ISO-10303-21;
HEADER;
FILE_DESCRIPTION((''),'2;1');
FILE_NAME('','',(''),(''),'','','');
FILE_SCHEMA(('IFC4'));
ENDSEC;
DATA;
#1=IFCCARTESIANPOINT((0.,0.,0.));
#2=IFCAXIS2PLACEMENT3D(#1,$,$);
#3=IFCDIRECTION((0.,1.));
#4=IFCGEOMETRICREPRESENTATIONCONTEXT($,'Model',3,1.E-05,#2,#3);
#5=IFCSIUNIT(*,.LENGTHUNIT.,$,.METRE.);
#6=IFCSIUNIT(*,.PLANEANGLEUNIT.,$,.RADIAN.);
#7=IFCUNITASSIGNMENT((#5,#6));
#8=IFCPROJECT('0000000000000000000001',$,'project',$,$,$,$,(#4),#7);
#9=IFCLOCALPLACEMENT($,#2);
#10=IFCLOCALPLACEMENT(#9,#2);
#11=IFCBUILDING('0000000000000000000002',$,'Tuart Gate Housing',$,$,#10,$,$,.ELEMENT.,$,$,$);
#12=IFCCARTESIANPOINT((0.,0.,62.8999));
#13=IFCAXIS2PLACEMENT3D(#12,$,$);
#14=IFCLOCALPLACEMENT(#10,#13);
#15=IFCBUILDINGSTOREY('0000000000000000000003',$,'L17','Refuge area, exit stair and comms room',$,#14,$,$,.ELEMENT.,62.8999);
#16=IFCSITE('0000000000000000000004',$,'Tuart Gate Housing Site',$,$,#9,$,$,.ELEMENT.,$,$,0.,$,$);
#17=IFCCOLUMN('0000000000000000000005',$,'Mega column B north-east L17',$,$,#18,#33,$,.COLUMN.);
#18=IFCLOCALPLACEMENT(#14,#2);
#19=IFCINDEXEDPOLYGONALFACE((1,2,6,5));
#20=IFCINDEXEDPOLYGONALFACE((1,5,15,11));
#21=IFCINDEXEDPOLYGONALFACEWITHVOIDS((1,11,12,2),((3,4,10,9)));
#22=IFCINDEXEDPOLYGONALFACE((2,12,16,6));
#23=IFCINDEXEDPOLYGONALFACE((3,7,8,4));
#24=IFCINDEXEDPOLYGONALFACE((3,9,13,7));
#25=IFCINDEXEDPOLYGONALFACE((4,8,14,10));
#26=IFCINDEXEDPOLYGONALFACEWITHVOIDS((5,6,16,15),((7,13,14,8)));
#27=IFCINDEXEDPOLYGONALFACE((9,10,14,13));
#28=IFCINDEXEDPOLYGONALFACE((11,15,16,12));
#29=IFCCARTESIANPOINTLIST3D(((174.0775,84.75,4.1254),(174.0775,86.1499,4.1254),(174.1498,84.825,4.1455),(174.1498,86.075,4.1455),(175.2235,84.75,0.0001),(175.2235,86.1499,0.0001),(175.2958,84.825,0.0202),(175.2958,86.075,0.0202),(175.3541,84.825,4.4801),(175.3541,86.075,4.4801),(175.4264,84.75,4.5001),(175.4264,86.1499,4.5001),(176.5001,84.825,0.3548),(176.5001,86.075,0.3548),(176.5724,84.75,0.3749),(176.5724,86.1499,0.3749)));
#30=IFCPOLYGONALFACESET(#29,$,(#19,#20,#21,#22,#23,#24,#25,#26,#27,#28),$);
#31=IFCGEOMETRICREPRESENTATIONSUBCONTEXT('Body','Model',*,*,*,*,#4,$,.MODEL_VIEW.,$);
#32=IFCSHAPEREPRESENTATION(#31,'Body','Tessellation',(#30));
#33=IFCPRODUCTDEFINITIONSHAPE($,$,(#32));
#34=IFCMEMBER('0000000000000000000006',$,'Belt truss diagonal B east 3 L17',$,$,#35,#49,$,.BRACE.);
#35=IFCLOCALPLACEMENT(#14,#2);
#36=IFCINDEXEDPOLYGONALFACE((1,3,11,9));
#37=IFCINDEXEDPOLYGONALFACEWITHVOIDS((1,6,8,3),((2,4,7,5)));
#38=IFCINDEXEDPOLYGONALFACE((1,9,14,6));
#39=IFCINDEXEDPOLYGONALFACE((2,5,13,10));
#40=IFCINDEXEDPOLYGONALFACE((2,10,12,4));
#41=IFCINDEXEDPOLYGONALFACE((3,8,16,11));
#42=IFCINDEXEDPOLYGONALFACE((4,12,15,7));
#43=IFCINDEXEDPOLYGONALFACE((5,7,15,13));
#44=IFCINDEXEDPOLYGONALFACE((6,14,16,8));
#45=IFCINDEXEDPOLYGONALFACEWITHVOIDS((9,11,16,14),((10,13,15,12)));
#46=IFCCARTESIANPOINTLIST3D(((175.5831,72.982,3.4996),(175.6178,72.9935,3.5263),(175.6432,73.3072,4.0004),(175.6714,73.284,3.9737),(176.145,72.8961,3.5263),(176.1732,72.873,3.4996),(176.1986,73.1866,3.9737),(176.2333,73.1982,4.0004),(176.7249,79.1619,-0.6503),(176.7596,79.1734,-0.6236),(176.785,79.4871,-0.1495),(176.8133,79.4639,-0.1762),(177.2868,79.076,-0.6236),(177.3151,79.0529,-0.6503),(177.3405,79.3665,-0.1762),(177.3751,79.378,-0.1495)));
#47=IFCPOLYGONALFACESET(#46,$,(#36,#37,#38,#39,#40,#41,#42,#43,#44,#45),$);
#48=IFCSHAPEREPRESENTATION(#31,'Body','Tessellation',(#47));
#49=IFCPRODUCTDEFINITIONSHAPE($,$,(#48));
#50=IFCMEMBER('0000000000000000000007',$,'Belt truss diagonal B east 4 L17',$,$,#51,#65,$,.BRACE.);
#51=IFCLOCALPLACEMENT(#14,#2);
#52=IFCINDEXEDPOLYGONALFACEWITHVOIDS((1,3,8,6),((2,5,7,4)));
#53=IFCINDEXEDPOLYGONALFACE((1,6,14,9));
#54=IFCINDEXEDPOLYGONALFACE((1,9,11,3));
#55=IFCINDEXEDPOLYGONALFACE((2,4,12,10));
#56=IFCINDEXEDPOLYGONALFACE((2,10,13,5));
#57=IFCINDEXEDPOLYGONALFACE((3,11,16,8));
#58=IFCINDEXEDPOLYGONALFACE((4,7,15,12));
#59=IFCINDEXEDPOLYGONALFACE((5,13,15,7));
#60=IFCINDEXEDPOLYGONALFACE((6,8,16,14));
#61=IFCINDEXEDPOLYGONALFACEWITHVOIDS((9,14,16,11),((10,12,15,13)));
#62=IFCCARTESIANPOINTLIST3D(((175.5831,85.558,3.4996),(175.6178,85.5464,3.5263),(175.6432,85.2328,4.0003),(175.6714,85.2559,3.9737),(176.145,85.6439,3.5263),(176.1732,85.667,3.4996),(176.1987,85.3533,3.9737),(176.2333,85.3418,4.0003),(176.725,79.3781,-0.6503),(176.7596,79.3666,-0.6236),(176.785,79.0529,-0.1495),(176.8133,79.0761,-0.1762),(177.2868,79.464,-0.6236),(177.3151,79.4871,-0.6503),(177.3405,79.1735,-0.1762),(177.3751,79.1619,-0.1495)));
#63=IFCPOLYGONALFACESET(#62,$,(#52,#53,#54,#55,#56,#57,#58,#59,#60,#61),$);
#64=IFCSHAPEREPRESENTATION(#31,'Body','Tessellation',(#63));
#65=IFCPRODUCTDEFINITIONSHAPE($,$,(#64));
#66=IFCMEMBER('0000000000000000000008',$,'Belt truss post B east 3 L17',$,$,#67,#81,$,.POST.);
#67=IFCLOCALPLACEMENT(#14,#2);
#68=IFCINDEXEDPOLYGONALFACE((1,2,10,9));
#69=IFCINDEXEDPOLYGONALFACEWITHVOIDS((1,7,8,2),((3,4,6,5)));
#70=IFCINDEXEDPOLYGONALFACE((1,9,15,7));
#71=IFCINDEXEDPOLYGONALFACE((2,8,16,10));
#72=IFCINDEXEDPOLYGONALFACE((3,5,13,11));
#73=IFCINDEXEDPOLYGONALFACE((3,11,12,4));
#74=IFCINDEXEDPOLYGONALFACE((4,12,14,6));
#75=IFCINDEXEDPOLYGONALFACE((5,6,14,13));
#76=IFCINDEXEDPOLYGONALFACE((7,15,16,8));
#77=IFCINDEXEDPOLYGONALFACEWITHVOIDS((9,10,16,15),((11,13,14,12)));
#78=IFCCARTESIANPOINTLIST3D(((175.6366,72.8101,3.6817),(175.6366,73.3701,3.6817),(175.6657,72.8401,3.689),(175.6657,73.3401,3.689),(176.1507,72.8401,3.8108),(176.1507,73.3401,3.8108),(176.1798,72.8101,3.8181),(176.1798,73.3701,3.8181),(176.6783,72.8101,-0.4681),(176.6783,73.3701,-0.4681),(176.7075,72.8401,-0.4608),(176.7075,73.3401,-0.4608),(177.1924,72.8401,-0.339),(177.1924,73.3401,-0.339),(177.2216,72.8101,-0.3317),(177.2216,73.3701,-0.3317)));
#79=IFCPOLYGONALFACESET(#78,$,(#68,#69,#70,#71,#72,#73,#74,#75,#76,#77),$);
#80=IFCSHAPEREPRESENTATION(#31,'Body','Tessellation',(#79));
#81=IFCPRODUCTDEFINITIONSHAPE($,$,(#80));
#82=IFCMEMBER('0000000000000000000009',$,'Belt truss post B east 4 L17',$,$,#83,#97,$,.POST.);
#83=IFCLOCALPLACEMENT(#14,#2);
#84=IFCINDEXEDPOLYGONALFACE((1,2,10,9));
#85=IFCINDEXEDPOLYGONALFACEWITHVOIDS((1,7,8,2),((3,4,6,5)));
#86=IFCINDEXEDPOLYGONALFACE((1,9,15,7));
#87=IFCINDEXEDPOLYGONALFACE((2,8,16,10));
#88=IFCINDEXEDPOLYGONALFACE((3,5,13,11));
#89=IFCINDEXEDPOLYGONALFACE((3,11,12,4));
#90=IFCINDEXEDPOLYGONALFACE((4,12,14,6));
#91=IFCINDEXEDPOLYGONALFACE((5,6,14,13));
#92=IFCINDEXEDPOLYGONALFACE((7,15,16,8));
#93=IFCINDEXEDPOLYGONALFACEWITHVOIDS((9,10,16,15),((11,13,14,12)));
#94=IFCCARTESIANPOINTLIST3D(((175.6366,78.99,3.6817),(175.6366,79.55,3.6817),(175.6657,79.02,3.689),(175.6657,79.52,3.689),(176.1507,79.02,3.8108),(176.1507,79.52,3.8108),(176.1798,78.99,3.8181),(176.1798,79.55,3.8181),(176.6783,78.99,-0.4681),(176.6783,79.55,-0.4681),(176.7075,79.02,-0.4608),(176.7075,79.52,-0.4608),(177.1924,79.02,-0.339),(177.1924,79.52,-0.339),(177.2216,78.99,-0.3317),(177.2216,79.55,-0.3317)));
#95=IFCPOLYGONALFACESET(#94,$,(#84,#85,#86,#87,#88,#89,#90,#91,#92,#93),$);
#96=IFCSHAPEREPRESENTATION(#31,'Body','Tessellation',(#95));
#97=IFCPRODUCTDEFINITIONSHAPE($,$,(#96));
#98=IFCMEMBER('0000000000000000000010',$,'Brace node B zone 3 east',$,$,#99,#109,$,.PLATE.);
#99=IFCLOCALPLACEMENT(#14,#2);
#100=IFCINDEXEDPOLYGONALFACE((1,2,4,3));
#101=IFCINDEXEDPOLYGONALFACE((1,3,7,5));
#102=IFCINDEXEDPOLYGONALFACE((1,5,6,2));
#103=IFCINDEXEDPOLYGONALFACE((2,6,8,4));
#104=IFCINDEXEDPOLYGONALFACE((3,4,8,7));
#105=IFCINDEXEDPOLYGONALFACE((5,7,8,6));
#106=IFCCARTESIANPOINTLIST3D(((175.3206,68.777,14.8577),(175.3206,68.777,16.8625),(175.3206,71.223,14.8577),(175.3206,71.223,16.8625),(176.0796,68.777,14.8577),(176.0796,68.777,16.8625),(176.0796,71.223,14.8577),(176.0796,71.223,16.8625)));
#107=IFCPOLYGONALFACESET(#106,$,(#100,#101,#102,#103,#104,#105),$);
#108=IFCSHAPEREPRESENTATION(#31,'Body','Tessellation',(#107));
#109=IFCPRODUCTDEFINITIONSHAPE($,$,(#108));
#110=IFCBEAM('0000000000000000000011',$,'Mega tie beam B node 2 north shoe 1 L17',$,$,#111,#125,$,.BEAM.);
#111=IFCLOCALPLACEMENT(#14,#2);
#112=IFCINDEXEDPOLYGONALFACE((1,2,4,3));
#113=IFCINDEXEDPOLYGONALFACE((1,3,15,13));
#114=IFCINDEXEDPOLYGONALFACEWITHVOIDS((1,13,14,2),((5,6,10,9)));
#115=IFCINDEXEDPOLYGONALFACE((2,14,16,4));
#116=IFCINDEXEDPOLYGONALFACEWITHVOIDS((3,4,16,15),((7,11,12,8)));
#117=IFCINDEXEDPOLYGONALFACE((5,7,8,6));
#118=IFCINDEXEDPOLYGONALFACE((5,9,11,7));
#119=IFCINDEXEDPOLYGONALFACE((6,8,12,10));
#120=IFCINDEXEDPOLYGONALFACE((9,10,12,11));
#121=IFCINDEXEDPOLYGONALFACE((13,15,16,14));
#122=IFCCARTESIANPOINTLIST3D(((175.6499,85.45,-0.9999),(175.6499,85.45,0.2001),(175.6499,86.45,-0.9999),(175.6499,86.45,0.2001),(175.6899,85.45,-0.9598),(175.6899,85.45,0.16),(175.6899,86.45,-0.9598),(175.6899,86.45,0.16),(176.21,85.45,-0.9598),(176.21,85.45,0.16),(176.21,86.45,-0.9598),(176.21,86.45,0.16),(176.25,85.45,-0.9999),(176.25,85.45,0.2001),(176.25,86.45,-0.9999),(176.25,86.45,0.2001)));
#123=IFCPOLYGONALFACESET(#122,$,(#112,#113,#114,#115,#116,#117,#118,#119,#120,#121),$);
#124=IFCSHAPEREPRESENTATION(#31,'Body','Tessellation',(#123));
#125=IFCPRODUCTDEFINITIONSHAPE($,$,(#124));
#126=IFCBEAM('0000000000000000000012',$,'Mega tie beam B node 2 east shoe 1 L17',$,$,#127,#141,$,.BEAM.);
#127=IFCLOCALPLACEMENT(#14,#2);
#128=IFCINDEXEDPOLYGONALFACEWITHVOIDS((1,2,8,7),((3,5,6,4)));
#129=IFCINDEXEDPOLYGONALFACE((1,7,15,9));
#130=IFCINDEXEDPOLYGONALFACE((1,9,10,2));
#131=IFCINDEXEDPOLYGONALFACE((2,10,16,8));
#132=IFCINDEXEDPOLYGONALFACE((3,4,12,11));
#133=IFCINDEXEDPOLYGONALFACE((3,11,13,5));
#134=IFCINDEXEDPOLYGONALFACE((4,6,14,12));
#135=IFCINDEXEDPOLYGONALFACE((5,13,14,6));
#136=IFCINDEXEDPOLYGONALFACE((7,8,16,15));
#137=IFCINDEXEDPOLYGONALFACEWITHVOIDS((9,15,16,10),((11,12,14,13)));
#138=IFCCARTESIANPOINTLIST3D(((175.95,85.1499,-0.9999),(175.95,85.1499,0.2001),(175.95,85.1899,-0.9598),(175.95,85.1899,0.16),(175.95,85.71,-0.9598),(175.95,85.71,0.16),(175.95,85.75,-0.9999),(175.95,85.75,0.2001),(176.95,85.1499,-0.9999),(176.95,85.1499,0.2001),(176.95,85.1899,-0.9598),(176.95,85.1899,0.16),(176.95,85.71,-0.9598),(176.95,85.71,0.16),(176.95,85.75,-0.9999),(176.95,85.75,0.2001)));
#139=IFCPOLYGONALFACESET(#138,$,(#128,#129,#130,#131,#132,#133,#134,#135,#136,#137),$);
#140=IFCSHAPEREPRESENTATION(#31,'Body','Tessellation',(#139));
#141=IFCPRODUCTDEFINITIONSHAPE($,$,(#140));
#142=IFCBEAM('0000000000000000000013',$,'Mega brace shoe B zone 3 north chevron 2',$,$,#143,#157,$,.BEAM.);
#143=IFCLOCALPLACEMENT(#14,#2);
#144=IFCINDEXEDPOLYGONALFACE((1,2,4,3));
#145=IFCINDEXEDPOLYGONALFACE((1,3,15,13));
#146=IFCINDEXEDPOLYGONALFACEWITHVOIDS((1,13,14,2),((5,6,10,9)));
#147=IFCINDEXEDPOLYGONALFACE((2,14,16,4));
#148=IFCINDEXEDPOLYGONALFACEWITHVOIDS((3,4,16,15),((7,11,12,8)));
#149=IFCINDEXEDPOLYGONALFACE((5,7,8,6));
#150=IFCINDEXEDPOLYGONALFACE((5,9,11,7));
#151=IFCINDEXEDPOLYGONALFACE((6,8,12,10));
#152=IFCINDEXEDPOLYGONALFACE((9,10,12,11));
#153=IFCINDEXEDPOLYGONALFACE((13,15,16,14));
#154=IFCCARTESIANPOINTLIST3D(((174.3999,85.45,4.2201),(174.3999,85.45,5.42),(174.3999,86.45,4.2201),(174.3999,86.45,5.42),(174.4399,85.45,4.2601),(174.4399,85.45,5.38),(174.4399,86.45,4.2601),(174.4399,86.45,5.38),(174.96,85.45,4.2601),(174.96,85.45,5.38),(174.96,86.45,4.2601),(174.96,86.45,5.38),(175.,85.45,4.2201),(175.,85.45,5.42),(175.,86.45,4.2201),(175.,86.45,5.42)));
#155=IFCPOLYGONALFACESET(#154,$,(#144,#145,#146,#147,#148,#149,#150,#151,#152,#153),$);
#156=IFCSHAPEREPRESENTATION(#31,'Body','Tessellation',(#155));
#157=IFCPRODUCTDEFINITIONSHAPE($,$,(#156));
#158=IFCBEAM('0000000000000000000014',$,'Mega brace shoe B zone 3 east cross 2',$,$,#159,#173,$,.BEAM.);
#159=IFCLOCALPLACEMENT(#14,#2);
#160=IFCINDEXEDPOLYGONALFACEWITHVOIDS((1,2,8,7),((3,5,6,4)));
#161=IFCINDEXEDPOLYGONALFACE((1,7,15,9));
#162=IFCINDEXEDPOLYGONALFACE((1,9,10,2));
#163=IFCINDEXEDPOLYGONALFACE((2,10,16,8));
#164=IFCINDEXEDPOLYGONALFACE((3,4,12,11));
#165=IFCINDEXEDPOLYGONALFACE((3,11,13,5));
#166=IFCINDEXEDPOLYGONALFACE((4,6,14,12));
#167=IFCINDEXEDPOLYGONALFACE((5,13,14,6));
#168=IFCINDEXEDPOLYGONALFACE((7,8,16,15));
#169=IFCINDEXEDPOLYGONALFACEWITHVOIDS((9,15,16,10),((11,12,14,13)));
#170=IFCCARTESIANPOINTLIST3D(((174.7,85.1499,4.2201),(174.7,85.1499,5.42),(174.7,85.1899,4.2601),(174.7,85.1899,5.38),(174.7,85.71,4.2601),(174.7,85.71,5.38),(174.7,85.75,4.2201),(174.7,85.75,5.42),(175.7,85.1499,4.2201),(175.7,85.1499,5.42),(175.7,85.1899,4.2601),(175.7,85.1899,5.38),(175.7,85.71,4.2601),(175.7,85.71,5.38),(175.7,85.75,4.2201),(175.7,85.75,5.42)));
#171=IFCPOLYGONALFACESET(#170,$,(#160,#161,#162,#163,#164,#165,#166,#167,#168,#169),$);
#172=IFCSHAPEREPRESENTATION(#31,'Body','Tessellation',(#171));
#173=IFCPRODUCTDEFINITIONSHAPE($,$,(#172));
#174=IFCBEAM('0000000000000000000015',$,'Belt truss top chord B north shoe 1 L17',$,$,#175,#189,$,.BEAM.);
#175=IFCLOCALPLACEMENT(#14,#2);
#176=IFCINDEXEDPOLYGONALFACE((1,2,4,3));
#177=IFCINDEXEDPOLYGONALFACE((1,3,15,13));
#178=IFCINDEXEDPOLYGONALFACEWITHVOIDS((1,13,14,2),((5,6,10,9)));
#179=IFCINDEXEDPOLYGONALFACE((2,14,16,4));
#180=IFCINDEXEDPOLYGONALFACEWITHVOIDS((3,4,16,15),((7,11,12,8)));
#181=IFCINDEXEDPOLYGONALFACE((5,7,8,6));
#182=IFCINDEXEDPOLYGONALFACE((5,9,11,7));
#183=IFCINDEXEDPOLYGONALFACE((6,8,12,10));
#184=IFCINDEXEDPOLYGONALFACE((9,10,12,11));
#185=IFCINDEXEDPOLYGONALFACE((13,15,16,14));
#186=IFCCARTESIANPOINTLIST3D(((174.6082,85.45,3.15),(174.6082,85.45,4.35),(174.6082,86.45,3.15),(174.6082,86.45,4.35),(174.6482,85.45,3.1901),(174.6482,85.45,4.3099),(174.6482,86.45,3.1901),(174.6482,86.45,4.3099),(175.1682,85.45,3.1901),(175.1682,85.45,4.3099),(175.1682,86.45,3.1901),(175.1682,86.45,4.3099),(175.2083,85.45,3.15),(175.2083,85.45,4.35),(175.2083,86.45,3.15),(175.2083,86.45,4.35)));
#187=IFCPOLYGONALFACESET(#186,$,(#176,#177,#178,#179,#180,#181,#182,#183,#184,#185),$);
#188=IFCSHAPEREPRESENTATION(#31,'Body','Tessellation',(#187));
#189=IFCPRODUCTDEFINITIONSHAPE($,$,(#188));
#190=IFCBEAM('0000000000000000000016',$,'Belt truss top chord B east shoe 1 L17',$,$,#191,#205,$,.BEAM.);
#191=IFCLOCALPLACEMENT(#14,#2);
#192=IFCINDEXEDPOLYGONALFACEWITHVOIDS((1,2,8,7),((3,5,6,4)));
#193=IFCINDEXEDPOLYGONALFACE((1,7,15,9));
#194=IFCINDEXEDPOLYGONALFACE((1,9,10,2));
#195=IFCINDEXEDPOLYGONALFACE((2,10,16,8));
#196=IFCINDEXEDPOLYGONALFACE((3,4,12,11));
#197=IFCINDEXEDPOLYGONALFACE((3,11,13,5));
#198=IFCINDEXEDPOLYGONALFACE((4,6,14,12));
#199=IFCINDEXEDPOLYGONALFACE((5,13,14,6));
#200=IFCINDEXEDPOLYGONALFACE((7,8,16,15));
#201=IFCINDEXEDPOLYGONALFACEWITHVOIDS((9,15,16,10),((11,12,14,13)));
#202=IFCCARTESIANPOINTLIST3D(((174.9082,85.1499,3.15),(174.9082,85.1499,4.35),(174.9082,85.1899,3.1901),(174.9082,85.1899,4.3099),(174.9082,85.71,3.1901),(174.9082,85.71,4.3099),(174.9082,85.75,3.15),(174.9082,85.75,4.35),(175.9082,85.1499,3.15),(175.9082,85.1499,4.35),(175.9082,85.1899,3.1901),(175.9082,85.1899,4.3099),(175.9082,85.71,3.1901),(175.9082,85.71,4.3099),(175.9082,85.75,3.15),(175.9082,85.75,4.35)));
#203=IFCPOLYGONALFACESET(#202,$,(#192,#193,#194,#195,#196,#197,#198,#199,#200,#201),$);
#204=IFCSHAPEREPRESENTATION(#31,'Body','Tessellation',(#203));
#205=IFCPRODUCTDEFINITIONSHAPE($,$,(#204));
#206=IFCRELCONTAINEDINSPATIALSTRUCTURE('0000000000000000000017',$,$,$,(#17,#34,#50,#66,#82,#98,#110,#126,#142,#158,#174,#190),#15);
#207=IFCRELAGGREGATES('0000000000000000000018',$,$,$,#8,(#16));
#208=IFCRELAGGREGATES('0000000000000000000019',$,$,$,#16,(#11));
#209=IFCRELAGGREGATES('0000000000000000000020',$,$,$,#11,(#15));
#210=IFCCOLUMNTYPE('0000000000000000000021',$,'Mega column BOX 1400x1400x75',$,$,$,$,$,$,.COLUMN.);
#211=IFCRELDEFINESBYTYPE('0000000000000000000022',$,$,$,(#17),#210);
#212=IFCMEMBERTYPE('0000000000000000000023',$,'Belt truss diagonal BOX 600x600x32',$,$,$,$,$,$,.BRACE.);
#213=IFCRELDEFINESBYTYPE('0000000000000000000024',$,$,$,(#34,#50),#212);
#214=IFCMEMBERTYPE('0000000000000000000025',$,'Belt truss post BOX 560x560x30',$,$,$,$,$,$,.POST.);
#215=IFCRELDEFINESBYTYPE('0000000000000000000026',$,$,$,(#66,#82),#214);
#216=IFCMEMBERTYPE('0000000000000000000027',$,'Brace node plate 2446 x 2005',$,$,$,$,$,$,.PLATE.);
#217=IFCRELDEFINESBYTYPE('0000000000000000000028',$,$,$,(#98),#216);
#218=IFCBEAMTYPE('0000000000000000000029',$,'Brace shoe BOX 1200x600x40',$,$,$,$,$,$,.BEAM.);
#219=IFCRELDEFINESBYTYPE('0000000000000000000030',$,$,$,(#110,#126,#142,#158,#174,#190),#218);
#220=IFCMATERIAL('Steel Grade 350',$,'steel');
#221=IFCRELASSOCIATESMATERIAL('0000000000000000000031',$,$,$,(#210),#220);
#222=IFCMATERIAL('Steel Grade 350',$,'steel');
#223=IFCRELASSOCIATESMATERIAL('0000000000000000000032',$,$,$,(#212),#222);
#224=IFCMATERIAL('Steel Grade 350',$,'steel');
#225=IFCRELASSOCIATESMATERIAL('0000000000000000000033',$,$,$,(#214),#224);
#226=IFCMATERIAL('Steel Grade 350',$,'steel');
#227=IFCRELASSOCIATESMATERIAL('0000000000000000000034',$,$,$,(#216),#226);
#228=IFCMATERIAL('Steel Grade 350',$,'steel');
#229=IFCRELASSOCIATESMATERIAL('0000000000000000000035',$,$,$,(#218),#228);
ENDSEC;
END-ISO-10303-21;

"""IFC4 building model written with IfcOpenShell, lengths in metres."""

from ifc_helpers import new_model, si_unit, direction, frame, origin, origin_2d, place, context, subcontext, project, spatial, rectangle, hollow_rectangle, extrude, material, material_profile, profile_set, type_object, element, save


model = new_model("IFC4")

# Units and contexts
model_context = context("Model", 3, precision=1e-05, world=origin(), true_north=direction((0.0, 1.0)))
body_context = subcontext(model_context, "Body", "Model", "MODEL_VIEW")
ifc_project = project(units=[si_unit("LENGTHUNIT", "METRE"), si_unit("PLANEANGLEUNIT", "RADIAN")], contexts=[model_context])

# Site, building, storey
site_placement = place(None, origin())
site = spatial("IfcSite", under=ifc_project, at=site_placement, Name="Tuart Gate Housing Site", CompositionType="ELEMENT", RefElevation=0.0)
building_placement = place(site_placement, origin())
building = spatial("IfcBuilding", under=site, at=building_placement, Name="Tuart Gate Housing", CompositionType="ELEMENT")
storey_placement = place(building_placement, frame((0.0, 0.0, 62.8999)))
storey = spatial("IfcBuildingStorey", under=building, at=storey_placement, Name="L17", Description="Refuge area, exit stair and comms room", CompositionType="ELEMENT", Elevation=62.8999)

# Column
ifc_material_1 = material(Name="Steel Grade 350", Category="steel")
ifc_material_profile_1 = material_profile(ifc_material_1, hollow_rectangle(XDim=1.3999, YDim=1.3999, WallThickness=0.075, at=origin_2d()), Name="BOX 1400x1400x75")
ifc_profile_set_1 = profile_set([ifc_material_profile_1], Name="Steel Grade 350")
column_type = type_object("IfcColumnType", Name="Mega column BOX 1400x1400x75", PredefinedType="COLUMN", material=ifc_profile_set_1)
column_placement = place(storey_placement, frame((175.8979, 85.45, 0.1875), z_axis=(-0.267664, 0.0, 0.963512), x_axis=(0.0, -1.0, 0.0)))
element("IfcColumn", 1, at=column_placement, inside=storey, type_object=column_type, Name="Mega column B north-east L17", PredefinedType="COLUMN", context=body_context, shape_type="SweptSolid", body=[
    extrude(hollow_rectangle(XDim=1.3999, YDim=1.3999, WallThickness=0.075, at=origin_2d()), origin(), (0.0, 0.0, 1.0), 4.2815),
])

# Members
ifc_material_2 = material(Name="Steel Grade 350", Category="steel")
ifc_material_profile_2 = material_profile(ifc_material_2, hollow_rectangle(XDim=0.6001, YDim=0.6001, WallThickness=0.032, at=origin_2d()), Name="BOX 600x600x32")
ifc_profile_set_2 = profile_set([ifc_material_profile_2], Name="Steel Grade 350")
member_type_1 = type_object("IfcMemberType", Name="Belt truss diagonal BOX 600x600x32", PredefinedType="BRACE", material=ifc_profile_set_2)
for number, where, z_axis, x_axis, name in (
    (2, (175.9082, 73.0901, 3.75), (0.151618, 0.820591, -0.551037), (-0.983356, 0.181691, 0.0), "Belt truss diagonal B east 3 L17"),
    (3, (177.05, 79.27, -0.3999), (-0.151618, 0.820591, 0.551037), (-0.983356, -0.181691, 0.0), "Belt truss diagonal B east 4 L17"),
):
    element("IfcMember", number, at=place(storey_placement, frame(where, z_axis=z_axis, x_axis=x_axis)), inside=storey, type_object=member_type_1, Name=name, PredefinedType="BRACE", context=body_context, shape_type="SweptSolid", body=[
        extrude(hollow_rectangle(XDim=0.6001, YDim=0.6001, WallThickness=0.032, at=origin_2d()), origin(), (0.0, 0.0, 1.0), 7.531),
    ])
ifc_material_3 = material(Name="Steel Grade 350", Category="steel")
ifc_material_profile_3 = material_profile(ifc_material_3, hollow_rectangle(XDim=0.5601, YDim=0.5601, WallThickness=0.03, at=origin_2d()), Name="BOX 560x560x30")
ifc_profile_set_3 = profile_set([ifc_material_profile_3], Name="Steel Grade 350")
member_type_2 = type_object("IfcMemberType", Name="Belt truss post BOX 560x560x30", PredefinedType="POST", material=ifc_profile_set_3)
for number, where, z_axis, x_axis, name in (
    (4, (176.95, 73.0901, -0.3999), (-0.243475, 0.0, 0.969907), (0.0, -1.0, 0.0), "Belt truss post B east 3 L17"),
    (5, (176.95, 79.27, -0.3999), (-0.243475, 0.0, 0.969907), (0.0, -1.0, 0.0), "Belt truss post B east 4 L17"),
):
    element("IfcMember", number, at=place(storey_placement, frame(where, z_axis=z_axis, x_axis=x_axis)), inside=storey, type_object=member_type_2, Name=name, PredefinedType="POST", context=body_context, shape_type="SweptSolid", body=[
        extrude(hollow_rectangle(XDim=0.5601, YDim=0.5601, WallThickness=0.03, at=origin_2d()), origin(), (0.0, 0.0, 1.0), 4.2786),
    ])
ifc_material_4 = material(Name="Steel Grade 350", Category="steel")
ifc_material_profile_4 = material_profile(ifc_material_4, rectangle(XDim=2.446, YDim=2.0049, at=origin_2d()), Name="Brace node plate 2446 x 2005")
ifc_profile_set_4 = profile_set([ifc_material_profile_4], Name="Steel Grade 350")
member_type_3 = type_object("IfcMemberType", Name="Brace node plate 2446 x 2005", PredefinedType="PLATE", material=ifc_profile_set_4)
member_1_placement = place(storey_placement, frame((175.3206, 70.0, 15.8601), z_axis=(1.0, 0.0, 0.0), x_axis=(0.0, 1.0, 0.0)))
element("IfcMember", 6, at=member_1_placement, inside=storey, type_object=member_type_3, Name="Brace node B zone 3 east", PredefinedType="PLATE", context=body_context, shape_type="SweptSolid", body=[
    extrude(rectangle(XDim=2.446, YDim=2.0049, at=origin_2d()), origin(), (0.0, 0.0, 1.0), 0.759),
])

# Beams
ifc_material_5 = material(Name="Steel Grade 350", Category="steel")
ifc_material_profile_5 = material_profile(ifc_material_5, hollow_rectangle(XDim=0.6001, YDim=1.2, WallThickness=0.04, at=origin_2d()), Name="BOX 1200x600x40")
ifc_profile_set_5 = profile_set([ifc_material_profile_5], Name="Steel Grade 350")
beam_type = type_object("IfcBeamType", Name="Brace shoe BOX 1200x600x40", PredefinedType="BEAM", material=ifc_profile_set_5)
for number, where, z_axis, x_axis, name in (
    (7, (175.95, 85.45, -0.3999), (0.0, 1.0, 0.0), (-1.0, 0.0, 0.0), "Mega tie beam B node 2 north shoe 1 L17"),
    (8, (175.95, 85.45, -0.3999), (1.0, 0.0, 0.0), (0.0, 1.0, 0.0), "Mega tie beam B node 2 east shoe 1 L17"),
    (9, (174.7, 85.45, 4.8201), (0.0, 1.0, 0.0), (-1.0, 0.0, 0.0), "Mega brace shoe B zone 3 north chevron 2"),
    (10, (174.7, 85.45, 4.8201), (1.0, 0.0, 0.0), (0.0, 1.0, 0.0), "Mega brace shoe B zone 3 east cross 2"),
    (11, (174.9082, 85.45, 3.75), (0.0, 1.0, 0.0), (-1.0, 0.0, 0.0), "Belt truss top chord B north shoe 1 L17"),
    (12, (174.9082, 85.45, 3.75), (1.0, 0.0, 0.0), (0.0, 1.0, 0.0), "Belt truss top chord B east shoe 1 L17"),
):
    element("IfcBeam", number, at=place(storey_placement, frame(where, z_axis=z_axis, x_axis=x_axis)), inside=storey, type_object=beam_type, Name=name, PredefinedType="BEAM", context=body_context, shape_type="SweptSolid", body=[
        extrude(hollow_rectangle(XDim=0.6001, YDim=1.2, WallThickness=0.04, at=origin_2d()), origin(), (0.0, 0.0, 1.0), 1.0),
    ])

save(model, "model.ifc")
